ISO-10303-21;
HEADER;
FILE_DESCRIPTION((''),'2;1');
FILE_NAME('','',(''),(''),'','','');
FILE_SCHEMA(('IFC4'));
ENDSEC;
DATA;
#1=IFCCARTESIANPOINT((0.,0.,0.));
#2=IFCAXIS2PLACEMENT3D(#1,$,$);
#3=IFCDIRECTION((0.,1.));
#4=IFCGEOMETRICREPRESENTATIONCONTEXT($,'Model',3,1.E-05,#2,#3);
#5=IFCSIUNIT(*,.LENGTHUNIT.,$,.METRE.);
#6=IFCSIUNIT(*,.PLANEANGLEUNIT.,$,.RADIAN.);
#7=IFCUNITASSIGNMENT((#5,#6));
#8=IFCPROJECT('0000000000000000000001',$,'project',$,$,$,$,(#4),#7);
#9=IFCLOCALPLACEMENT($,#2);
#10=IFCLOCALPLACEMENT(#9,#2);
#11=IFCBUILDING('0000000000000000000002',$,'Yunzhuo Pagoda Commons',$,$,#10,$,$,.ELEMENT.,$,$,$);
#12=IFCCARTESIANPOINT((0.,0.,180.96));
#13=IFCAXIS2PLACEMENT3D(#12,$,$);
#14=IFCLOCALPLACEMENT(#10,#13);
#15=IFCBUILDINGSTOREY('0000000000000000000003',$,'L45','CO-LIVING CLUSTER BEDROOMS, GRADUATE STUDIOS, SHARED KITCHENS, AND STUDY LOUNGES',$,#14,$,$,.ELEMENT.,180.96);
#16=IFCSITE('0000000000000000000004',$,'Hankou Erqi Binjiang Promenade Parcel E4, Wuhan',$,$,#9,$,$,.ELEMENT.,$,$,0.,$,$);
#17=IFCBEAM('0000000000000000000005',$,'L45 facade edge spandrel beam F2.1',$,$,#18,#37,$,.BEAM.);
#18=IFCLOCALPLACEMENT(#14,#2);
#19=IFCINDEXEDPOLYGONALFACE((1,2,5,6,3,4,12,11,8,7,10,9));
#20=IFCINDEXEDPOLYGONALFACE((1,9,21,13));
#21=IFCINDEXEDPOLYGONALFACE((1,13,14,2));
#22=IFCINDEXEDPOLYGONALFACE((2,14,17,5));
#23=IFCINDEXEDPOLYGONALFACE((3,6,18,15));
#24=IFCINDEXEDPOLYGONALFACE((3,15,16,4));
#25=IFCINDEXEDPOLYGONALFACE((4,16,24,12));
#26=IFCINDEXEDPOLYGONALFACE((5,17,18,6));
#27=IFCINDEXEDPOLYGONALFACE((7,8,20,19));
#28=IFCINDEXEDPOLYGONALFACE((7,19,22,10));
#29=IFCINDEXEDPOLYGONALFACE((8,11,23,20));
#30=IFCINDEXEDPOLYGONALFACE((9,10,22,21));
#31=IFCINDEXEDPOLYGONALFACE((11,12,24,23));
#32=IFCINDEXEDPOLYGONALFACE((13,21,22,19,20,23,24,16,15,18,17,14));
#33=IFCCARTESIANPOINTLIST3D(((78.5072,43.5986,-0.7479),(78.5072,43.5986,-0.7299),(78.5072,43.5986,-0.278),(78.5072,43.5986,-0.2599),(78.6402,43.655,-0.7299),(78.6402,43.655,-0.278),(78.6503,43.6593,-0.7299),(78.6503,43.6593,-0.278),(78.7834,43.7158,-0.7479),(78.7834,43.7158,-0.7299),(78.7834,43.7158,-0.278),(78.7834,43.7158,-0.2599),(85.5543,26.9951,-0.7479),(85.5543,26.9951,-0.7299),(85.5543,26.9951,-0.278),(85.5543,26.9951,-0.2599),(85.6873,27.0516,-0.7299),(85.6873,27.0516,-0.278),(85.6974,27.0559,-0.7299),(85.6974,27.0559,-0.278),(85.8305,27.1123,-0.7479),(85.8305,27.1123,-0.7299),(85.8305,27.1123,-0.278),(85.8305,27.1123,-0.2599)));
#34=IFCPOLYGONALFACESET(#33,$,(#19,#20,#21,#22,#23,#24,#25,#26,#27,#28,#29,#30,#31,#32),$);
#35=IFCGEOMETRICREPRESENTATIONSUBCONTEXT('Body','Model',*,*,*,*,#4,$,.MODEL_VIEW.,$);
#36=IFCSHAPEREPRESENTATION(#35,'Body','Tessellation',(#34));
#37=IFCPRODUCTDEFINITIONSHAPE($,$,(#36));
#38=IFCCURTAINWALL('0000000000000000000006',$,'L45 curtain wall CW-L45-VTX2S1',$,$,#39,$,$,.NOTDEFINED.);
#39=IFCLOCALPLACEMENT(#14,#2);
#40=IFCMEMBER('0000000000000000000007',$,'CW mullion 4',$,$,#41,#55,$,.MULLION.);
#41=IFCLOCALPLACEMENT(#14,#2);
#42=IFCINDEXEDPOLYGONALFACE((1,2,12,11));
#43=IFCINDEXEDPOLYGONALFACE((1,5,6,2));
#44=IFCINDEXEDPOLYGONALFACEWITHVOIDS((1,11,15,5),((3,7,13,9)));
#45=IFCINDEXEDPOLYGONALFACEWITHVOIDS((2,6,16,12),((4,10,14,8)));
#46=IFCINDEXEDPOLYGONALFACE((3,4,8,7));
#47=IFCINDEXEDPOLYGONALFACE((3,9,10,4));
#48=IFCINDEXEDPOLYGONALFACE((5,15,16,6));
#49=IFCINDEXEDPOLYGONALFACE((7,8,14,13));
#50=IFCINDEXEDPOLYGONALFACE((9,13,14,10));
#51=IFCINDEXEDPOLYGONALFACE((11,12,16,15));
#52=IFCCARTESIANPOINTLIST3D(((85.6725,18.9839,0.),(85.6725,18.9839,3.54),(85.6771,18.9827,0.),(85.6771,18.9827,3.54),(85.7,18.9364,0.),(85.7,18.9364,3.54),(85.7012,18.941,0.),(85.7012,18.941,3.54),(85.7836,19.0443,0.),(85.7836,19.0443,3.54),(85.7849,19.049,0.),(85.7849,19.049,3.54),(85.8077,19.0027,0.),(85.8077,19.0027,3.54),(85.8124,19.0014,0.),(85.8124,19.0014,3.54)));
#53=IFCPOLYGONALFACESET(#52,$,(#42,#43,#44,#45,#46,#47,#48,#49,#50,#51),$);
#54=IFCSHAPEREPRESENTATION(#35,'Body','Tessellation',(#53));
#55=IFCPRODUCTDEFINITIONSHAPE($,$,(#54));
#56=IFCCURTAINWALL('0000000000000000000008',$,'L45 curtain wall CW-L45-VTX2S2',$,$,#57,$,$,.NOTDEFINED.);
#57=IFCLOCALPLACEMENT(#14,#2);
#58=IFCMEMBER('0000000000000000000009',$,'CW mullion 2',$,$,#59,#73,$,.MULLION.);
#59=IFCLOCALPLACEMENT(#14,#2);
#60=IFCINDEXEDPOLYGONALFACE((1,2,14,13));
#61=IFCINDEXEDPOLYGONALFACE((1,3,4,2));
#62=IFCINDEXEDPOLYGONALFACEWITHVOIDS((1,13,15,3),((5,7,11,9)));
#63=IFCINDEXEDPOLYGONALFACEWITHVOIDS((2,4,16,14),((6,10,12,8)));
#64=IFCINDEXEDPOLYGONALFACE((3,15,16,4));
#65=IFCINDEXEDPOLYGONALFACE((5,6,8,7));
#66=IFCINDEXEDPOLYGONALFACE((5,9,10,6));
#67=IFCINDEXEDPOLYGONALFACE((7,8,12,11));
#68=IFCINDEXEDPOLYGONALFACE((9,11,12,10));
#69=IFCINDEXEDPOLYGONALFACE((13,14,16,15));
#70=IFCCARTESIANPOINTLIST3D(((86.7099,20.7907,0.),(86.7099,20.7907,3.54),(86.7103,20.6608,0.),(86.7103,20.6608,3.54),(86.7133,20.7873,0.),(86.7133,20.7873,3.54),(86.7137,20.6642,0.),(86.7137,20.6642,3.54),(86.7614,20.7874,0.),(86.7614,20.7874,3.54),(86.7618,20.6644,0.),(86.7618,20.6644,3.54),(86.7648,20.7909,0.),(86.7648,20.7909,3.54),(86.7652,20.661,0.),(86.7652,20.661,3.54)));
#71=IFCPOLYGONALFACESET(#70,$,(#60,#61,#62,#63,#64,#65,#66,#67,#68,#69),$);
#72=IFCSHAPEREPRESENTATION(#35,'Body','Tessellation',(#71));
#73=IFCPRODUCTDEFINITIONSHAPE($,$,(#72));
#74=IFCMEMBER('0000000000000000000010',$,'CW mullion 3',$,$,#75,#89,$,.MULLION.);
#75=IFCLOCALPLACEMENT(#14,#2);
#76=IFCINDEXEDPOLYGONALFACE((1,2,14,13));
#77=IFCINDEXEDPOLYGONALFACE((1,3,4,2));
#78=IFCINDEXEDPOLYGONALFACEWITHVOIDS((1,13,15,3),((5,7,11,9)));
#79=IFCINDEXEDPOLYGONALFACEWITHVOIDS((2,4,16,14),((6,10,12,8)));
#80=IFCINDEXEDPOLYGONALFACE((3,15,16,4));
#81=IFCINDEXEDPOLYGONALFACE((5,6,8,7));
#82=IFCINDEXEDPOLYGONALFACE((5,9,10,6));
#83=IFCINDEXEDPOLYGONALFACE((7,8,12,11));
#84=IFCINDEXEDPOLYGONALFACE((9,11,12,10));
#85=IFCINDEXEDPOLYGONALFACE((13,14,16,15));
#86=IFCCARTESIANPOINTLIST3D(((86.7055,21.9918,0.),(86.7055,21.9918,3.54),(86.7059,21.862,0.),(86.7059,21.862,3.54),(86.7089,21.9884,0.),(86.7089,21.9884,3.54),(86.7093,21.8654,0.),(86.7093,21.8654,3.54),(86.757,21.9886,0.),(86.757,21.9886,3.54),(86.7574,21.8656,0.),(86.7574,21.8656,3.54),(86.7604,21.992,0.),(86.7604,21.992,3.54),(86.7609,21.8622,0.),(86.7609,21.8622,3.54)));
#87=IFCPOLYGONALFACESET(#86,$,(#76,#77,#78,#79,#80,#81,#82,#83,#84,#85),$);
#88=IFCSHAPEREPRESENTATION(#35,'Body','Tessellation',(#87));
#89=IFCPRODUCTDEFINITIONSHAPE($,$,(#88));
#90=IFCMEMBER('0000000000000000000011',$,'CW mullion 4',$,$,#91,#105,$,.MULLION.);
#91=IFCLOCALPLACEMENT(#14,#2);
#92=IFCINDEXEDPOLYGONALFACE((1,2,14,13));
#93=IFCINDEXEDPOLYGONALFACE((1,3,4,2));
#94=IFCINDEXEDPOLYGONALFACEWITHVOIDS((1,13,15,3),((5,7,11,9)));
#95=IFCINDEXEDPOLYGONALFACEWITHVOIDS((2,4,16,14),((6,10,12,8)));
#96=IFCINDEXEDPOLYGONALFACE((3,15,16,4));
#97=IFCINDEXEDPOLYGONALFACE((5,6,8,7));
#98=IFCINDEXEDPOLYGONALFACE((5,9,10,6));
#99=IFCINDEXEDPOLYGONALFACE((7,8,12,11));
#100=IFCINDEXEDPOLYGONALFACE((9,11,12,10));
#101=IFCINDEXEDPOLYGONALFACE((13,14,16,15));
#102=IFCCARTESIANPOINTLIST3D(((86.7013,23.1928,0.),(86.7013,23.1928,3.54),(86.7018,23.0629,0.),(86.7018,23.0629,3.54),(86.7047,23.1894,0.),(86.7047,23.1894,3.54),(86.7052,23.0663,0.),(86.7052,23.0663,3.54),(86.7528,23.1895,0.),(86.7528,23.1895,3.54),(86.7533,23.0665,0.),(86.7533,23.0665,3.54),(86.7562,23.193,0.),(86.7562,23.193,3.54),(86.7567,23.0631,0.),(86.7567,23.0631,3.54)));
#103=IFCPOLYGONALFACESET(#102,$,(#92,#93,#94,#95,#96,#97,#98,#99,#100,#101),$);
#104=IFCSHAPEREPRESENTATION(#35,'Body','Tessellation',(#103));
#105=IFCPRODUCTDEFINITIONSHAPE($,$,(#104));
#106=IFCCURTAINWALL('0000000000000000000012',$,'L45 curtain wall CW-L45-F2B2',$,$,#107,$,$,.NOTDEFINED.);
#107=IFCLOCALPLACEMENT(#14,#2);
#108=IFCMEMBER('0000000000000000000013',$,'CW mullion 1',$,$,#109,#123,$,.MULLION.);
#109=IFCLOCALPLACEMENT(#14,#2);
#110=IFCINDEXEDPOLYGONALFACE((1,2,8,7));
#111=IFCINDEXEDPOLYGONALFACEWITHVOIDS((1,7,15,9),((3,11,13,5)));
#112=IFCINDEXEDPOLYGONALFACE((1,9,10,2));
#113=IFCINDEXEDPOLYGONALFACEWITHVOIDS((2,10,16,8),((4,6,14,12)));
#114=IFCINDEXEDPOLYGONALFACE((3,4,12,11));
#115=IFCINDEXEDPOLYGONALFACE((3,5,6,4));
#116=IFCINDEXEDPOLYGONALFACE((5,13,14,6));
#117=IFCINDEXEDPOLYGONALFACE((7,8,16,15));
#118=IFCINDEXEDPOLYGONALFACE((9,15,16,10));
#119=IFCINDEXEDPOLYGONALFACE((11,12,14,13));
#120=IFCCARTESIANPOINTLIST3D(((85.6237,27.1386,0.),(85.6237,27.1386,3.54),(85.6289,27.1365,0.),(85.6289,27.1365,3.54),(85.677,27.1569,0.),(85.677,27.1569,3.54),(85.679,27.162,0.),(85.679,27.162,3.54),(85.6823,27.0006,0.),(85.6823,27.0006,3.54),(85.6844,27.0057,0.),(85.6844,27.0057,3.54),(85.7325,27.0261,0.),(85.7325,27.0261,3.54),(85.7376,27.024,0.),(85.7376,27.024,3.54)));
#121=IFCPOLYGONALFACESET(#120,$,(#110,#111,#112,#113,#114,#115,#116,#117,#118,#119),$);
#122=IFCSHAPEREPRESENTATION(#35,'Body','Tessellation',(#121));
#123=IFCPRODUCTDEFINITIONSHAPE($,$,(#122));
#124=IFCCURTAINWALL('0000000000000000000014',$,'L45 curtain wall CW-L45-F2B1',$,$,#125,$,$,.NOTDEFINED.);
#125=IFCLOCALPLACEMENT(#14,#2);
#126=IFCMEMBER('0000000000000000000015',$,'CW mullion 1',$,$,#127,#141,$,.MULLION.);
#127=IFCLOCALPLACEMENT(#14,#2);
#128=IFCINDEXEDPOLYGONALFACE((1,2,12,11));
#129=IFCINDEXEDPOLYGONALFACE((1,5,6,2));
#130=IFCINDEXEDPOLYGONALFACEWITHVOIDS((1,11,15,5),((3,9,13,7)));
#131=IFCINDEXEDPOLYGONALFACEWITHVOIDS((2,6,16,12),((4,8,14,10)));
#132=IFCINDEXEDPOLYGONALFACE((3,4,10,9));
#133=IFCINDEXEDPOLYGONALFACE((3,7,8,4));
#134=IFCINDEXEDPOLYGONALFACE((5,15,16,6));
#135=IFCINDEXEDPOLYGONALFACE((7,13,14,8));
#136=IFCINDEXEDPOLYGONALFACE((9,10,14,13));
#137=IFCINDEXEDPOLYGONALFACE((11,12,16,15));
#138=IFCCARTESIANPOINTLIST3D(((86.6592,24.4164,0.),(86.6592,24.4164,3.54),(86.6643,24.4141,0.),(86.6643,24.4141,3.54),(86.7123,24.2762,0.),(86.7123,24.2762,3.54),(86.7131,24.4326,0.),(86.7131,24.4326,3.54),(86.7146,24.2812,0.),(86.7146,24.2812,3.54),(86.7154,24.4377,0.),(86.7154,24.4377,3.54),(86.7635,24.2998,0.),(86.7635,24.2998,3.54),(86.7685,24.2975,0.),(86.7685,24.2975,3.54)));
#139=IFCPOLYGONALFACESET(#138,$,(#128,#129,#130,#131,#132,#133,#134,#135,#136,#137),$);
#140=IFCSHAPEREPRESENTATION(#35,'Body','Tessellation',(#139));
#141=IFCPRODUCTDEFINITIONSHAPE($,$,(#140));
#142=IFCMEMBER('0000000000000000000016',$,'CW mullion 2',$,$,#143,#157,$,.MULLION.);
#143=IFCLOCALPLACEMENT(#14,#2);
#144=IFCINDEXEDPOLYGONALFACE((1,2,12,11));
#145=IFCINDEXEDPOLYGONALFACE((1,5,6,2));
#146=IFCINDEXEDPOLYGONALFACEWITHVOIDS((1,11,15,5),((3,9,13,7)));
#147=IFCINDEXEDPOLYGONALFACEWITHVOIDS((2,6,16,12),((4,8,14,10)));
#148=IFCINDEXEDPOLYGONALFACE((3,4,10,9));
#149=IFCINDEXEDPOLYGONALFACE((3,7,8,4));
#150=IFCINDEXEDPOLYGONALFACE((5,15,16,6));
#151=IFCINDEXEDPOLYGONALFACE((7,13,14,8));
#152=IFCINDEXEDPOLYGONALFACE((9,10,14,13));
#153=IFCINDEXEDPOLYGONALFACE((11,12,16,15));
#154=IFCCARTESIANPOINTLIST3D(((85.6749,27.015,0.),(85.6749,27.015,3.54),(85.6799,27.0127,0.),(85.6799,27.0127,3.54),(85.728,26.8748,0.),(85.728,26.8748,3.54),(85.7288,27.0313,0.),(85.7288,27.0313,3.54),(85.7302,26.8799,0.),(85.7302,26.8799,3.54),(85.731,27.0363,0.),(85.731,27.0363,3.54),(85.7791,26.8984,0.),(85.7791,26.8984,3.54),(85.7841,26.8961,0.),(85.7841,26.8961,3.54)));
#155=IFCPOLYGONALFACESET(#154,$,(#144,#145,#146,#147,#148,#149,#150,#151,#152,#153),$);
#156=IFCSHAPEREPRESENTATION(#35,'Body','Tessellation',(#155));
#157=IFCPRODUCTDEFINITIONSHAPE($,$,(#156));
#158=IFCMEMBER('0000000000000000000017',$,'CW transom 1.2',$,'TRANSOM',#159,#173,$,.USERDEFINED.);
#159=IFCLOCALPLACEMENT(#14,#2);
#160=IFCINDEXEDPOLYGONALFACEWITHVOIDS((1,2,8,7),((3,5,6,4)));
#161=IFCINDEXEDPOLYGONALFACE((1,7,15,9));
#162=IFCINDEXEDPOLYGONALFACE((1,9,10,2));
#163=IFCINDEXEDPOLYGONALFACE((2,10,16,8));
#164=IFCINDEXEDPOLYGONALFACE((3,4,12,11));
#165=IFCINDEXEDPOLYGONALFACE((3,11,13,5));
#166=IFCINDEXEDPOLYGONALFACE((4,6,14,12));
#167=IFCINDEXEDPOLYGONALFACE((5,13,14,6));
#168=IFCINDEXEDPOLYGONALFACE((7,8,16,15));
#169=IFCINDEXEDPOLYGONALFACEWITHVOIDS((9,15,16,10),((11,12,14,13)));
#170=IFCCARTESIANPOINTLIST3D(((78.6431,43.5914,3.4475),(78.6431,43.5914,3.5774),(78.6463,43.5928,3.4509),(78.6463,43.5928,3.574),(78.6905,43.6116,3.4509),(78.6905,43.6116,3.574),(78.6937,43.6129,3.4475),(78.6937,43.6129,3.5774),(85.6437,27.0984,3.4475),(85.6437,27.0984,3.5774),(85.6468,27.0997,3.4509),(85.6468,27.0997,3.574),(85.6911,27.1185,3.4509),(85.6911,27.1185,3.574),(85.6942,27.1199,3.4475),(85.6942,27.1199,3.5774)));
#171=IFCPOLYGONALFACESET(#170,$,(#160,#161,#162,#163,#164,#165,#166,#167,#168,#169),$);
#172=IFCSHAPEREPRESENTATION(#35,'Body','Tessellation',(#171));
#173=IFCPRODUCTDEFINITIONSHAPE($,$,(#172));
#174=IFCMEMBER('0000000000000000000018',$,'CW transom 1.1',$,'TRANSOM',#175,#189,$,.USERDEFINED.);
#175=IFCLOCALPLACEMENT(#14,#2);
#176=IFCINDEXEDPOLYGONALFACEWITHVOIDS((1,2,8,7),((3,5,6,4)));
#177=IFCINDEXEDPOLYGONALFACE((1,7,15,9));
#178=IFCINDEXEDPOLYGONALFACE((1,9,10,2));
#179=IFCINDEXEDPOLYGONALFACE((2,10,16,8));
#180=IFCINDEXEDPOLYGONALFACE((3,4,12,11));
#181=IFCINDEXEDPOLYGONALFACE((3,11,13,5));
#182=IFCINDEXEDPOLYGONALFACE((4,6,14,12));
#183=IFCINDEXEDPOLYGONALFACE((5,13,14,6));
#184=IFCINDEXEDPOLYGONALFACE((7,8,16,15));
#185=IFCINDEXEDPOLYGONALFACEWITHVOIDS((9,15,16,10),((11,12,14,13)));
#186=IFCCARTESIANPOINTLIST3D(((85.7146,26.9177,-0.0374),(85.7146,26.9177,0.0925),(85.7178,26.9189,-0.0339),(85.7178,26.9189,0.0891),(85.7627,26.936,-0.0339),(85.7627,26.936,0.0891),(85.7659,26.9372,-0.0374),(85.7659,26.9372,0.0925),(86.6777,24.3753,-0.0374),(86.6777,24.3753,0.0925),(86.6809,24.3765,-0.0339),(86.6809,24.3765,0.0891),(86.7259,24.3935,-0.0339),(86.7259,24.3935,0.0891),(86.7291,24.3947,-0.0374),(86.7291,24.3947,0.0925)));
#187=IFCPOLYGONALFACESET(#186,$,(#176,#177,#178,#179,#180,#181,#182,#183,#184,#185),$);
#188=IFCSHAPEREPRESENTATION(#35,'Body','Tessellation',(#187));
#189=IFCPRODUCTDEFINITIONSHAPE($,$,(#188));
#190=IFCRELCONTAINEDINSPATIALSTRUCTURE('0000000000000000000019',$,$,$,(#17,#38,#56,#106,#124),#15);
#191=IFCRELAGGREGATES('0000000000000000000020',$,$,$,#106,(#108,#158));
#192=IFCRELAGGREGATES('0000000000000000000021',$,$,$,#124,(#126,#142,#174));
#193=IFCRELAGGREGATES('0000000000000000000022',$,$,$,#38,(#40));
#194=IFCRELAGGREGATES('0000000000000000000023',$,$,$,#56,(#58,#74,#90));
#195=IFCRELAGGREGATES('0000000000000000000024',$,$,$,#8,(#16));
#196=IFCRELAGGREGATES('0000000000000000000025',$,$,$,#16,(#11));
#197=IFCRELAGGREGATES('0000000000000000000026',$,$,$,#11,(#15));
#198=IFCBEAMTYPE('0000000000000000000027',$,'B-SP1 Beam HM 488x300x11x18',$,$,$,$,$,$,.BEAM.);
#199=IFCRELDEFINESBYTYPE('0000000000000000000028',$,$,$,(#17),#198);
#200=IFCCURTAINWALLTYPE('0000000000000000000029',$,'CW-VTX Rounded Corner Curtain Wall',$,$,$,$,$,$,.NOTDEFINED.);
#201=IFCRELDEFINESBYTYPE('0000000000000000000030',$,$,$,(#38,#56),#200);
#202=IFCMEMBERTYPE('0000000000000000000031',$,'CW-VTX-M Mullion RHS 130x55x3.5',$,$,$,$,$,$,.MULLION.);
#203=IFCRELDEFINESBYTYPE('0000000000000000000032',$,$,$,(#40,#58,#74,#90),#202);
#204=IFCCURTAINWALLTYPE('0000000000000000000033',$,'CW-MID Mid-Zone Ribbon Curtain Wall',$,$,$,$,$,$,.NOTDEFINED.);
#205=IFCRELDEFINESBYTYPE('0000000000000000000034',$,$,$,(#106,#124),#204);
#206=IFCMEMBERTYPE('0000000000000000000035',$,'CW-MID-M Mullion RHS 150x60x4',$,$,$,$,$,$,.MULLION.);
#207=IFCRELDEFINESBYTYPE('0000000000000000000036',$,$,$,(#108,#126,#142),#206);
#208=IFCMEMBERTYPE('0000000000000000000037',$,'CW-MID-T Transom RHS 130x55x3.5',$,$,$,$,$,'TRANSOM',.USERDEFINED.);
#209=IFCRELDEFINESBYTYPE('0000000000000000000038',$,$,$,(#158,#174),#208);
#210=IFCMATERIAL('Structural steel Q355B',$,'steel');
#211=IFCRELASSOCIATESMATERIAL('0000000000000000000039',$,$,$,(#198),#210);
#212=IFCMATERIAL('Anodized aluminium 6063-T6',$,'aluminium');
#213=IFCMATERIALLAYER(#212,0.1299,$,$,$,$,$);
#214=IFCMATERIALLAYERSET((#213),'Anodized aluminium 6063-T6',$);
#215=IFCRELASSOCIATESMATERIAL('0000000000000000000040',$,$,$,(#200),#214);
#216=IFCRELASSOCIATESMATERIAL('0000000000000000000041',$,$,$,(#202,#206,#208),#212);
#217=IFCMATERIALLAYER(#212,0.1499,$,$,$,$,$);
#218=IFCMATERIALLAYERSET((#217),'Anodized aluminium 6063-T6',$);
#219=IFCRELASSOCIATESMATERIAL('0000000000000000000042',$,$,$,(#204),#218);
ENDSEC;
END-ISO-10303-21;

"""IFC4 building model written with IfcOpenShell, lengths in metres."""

from ifc_helpers import new_model, si_unit, direction, frame, origin, origin_2d, place, context, subcontext, project, spatial, hollow_rectangle, i_section, extrude, source, transform, mapped, material, layer, layer_set, material_profile, profile_set, type_object, element, aggregate, save


model = new_model("IFC4")

# Units and contexts
model_context = context("Model", 3, precision=1e-05, world=origin(), true_north=direction((0.0, 1.0)))
body_context = subcontext(model_context, "Body", "Model", "MODEL_VIEW")
ifc_project = project(units=[si_unit("LENGTHUNIT", "METRE"), si_unit("PLANEANGLEUNIT", "RADIAN")], contexts=[model_context])

# Site, building, storey
site_placement = place(None, origin())
site = spatial("IfcSite", under=ifc_project, at=site_placement, Name="Hankou Erqi Binjiang Promenade Parcel E4, Wuhan", CompositionType="ELEMENT", RefElevation=0.0)
building_placement = place(site_placement, origin())
building = spatial("IfcBuilding", under=site, at=building_placement, Name="Yunzhuo Pagoda Commons", CompositionType="ELEMENT")
storey_placement = place(building_placement, frame((0.0, 0.0, 180.96)))
storey = spatial("IfcBuildingStorey", under=building, at=storey_placement, Name="L45", Description="CO-LIVING CLUSTER BEDROOMS, GRADUATE STUDIOS, SHARED KITCHENS, AND STUDY LOUNGES", CompositionType="ELEMENT", Elevation=180.96)

# Beam
ifc_material_1 = material(Name="Structural steel Q355B", Category="steel")
ifc_material_profile_1 = material_profile(ifc_material_1, i_section(OverallWidth=0.3, OverallDepth=0.488, WebThickness=0.011, FlangeThickness=0.0181, at=origin_2d()), Name="Structural steel Q355B")
ifc_profile_set_1 = profile_set([ifc_material_profile_1], Name="Structural steel Q355B")
beam_type = type_object("IfcBeamType", Name="B-SP1 Beam HM 488x300x11x18", PredefinedType="BEAM", material=ifc_profile_set_1)
shared_shape_1 = source(origin(), body_context, "Body", "SweptSolid", [
    extrude(i_section(OverallWidth=0.3, OverallDepth=0.488, WebThickness=0.011, FlangeThickness=0.0181, at=origin_2d()), origin(), (0.0, 0.0, 1.0), 18.0371),
])
beam_placement = place(storey_placement, frame((85.6924, 27.0537, -0.5039), z_axis=(-0.3907, 0.920518, 0.0), x_axis=(-0.920518, -0.3907, 0.0)))
element("IfcBeam", 1, at=beam_placement, inside=storey, type_object=beam_type, Name="L45 facade edge spandrel beam F2.1", PredefinedType="BEAM", context=body_context, shape_type="MappedRepresentation", body=[
    mapped(shared_shape_1, transform((0.0, 0.0, 0.0), scale=1.0)),
])

# Curtain wall, member
ifc_material_2 = material(Name="Anodized aluminium 6063-T6", Category="aluminium")
ifc_layer_1 = layer(ifc_material_2, 0.1299)
ifc_layer_set_1 = layer_set([ifc_layer_1], Name="Anodized aluminium 6063-T6")
curtain_wall_type_1 = type_object("IfcCurtainWallType", Name="CW-VTX Rounded Corner Curtain Wall", PredefinedType="NOTDEFINED", material=ifc_layer_set_1)
curtain_wall_1_placement = place(storey_placement, origin())
curtain_wall_1 = element("IfcCurtainWall", 2, at=curtain_wall_1_placement, inside=storey, type_object=curtain_wall_type_1, Name="L45 curtain wall CW-L45-VTX2S1", PredefinedType="NOTDEFINED")
ifc_material_profile_2 = material_profile(ifc_material_2, hollow_rectangle(XDim=0.0549, YDim=0.1299, WallThickness=0.0034, at=origin_2d()), Name="Anodized aluminium 6063-T6")
ifc_profile_set_2 = profile_set([ifc_material_profile_2], Name="Anodized aluminium 6063-T6")
member_type_1 = type_object("IfcMemberType", Name="CW-VTX-M Mullion RHS 130x55x3.5", PredefinedType="MULLION", material=ifc_profile_set_2)
shared_shape_2 = source(origin(), body_context, "Body", "SweptSolid", [
    extrude(hollow_rectangle(XDim=0.0549, YDim=0.1299, WallThickness=0.0034, at=origin_2d()), origin(), (0.0, 0.0, 1.0), 3.54),
])
member_1_placement = place(storey_placement, frame((85.7424, 18.9927, 0.0), z_axis=(0.0, 0.0, 1.0), x_axis=(-0.50104, 0.865424, 0.0)))
member_1 = element("IfcMember", 3, at=member_1_placement, type_object=member_type_1, Name="CW mullion 4", PredefinedType="MULLION", context=body_context, shape_type="MappedRepresentation", body=[
    mapped(shared_shape_2, transform((0.0, 0.0, 0.0), scale=1.0)),
])

# Curtain wall, members
curtain_wall_2_placement = place(storey_placement, origin())
curtain_wall_2 = element("IfcCurtainWall", 4, at=curtain_wall_2_placement, inside=storey, type_object=curtain_wall_type_1, Name="L45 curtain wall CW-L45-VTX2S2", PredefinedType="NOTDEFINED")
member_2_placement = place(storey_placement, frame((86.7375, 20.7258, 0.0), z_axis=(0.0, 0.0, 1.0), x_axis=(-0.999994, -0.00358, 0.0)))
member_2 = element("IfcMember", 5, at=member_2_placement, type_object=member_type_1, Name="CW mullion 2", PredefinedType="MULLION", context=body_context, shape_type="MappedRepresentation", body=[
    mapped(shared_shape_2, transform((0.0, 0.0, 0.0), scale=1.0)),
])
member_3_placement = place(storey_placement, frame((86.7332, 21.927, 0.0), z_axis=(0.0, 0.0, 1.0), x_axis=(-0.999994, -0.00358, 0.0)))
member_3 = element("IfcMember", 6, at=member_3_placement, type_object=member_type_1, Name="CW mullion 3", PredefinedType="MULLION", context=body_context, shape_type="MappedRepresentation", body=[
    mapped(shared_shape_2, transform((0.0, 0.0, 0.0), scale=1.0)),
])
member_4_placement = place(storey_placement, frame((86.729, 23.1279, 0.0), z_axis=(0.0, 0.0, 1.0), x_axis=(-0.999994, -0.00358, 0.0)))
member_4 = element("IfcMember", 7, at=member_4_placement, type_object=member_type_1, Name="CW mullion 4", PredefinedType="MULLION", context=body_context, shape_type="MappedRepresentation", body=[
    mapped(shared_shape_2, transform((0.0, 0.0, 0.0), scale=1.0)),
])

# Curtain wall, member
ifc_layer_2 = layer(ifc_material_2, 0.1499)
ifc_layer_set_2 = layer_set([ifc_layer_2], Name="Anodized aluminium 6063-T6")
curtain_wall_type_2 = type_object("IfcCurtainWallType", Name="CW-MID Mid-Zone Ribbon Curtain Wall", PredefinedType="NOTDEFINED", material=ifc_layer_set_2)
curtain_wall_3_placement = place(storey_placement, origin())
curtain_wall_3 = element("IfcCurtainWall", 8, at=curtain_wall_3_placement, inside=storey, type_object=curtain_wall_type_2, Name="L45 curtain wall CW-L45-F2B2", PredefinedType="NOTDEFINED")
ifc_material_profile_3 = material_profile(ifc_material_2, hollow_rectangle(XDim=0.0601, YDim=0.1499, WallThickness=0.0039, at=origin_2d()), Name="Anodized aluminium 6063-T6")
ifc_profile_set_3 = profile_set([ifc_material_profile_3], Name="Anodized aluminium 6063-T6")
member_type_2 = type_object("IfcMemberType", Name="CW-MID-M Mullion RHS 150x60x4", PredefinedType="MULLION", material=ifc_profile_set_3)
shared_shape_3 = source(origin(), body_context, "Body", "SweptSolid", [
    extrude(hollow_rectangle(XDim=0.0601, YDim=0.1499, WallThickness=0.0039, at=origin_2d()), origin(), (0.0, 0.0, 1.0), 3.54),
])
member_5_placement = place(storey_placement, frame((85.6807, 27.0813, 0.0), z_axis=(0.0, 0.0, 1.0), x_axis=(-0.920515, -0.390706, 0.0)))
member_5 = element("IfcMember", 9, at=member_5_placement, type_object=member_type_2, Name="CW mullion 1", PredefinedType="MULLION", context=body_context, shape_type="MappedRepresentation", body=[
    mapped(shared_shape_3, transform((0.0, 0.0, 0.0), scale=1.0)),
])

# Curtain wall, members
curtain_wall_4_placement = place(storey_placement, origin())
curtain_wall_4 = element("IfcCurtainWall", 10, at=curtain_wall_4_placement, inside=storey, type_object=curtain_wall_type_2, Name="L45 curtain wall CW-L45-F2B1", PredefinedType="NOTDEFINED")
member_6_placement = place(storey_placement, frame((86.7139, 24.3569, 0.0), z_axis=(0.0, 0.0, 1.0), x_axis=(-0.935148, -0.354256, 0.0)))
member_6 = element("IfcMember", 11, at=member_6_placement, type_object=member_type_2, Name="CW mullion 1", PredefinedType="MULLION", context=body_context, shape_type="MappedRepresentation", body=[
    mapped(shared_shape_3, transform((0.0, 0.0, 0.0), scale=1.0)),
])
member_7_placement = place(storey_placement, frame((85.7295, 26.9556, 0.0), z_axis=(0.0, 0.0, 1.0), x_axis=(-0.935148, -0.354256, 0.0)))
member_7 = element("IfcMember", 12, at=member_7_placement, type_object=member_type_2, Name="CW mullion 2", PredefinedType="MULLION", context=body_context, shape_type="MappedRepresentation", body=[
    mapped(shared_shape_3, transform((0.0, 0.0, 0.0), scale=1.0)),
])

# Members
ifc_material_profile_4 = material_profile(ifc_material_2, hollow_rectangle(XDim=0.0549, YDim=0.1299, WallThickness=0.0034, at=origin_2d()), Name="Anodized aluminium 6063-T6")
ifc_profile_set_4 = profile_set([ifc_material_profile_4], Name="Anodized aluminium 6063-T6")
member_type_3 = type_object("IfcMemberType", Name="CW-MID-T Transom RHS 130x55x3.5", ElementType="TRANSOM", PredefinedType="USERDEFINED", material=ifc_profile_set_4)
shared_shape_4 = source(origin(), body_context, "Body", "SweptSolid", [
    extrude(hollow_rectangle(XDim=0.0549, YDim=0.1299, WallThickness=0.0034, at=origin_2d()), origin(), (0.0, 0.0, 1.0), 17.9172),
])
member_8_placement = place(storey_placement, frame((85.6689, 27.1091, 3.5125), z_axis=(-0.390715, 0.920512, 0.0), x_axis=(-0.920512, -0.390715, 0.0)))
member_8 = element("IfcMember", 13, at=member_8_placement, type_object=member_type_3, Name="CW transom 1.2", ObjectType="TRANSOM", PredefinedType="USERDEFINED", context=body_context, shape_type="MappedRepresentation", body=[
    mapped(shared_shape_4, transform((0.0, 0.0, 0.0), scale=1.0)),
])
aggregate(curtain_wall_3, [member_5, member_8])
shared_shape_5 = source(origin(), body_context, "Body", "SweptSolid", [
    extrude(hollow_rectangle(XDim=0.0549, YDim=0.1299, WallThickness=0.0034, at=origin_2d()), origin(), (0.0, 0.0, 1.0), 2.7188),
])
member_9_placement = place(storey_placement, frame((86.7034, 24.385, 0.0276), z_axis=(-0.354251, 0.93515, 0.0), x_axis=(-0.93515, -0.354251, 0.0)))
member_9 = element("IfcMember", 14, at=member_9_placement, type_object=member_type_3, Name="CW transom 1.1", ObjectType="TRANSOM", PredefinedType="USERDEFINED", context=body_context, shape_type="MappedRepresentation", body=[
    mapped(shared_shape_5, transform((0.0, 0.0, 0.0), scale=1.0)),
])

aggregate(curtain_wall_4, [member_6, member_7, member_9])
aggregate(curtain_wall_1, [member_1])
aggregate(curtain_wall_2, [member_2, member_3, member_4])

save(model, "model.ifc")
